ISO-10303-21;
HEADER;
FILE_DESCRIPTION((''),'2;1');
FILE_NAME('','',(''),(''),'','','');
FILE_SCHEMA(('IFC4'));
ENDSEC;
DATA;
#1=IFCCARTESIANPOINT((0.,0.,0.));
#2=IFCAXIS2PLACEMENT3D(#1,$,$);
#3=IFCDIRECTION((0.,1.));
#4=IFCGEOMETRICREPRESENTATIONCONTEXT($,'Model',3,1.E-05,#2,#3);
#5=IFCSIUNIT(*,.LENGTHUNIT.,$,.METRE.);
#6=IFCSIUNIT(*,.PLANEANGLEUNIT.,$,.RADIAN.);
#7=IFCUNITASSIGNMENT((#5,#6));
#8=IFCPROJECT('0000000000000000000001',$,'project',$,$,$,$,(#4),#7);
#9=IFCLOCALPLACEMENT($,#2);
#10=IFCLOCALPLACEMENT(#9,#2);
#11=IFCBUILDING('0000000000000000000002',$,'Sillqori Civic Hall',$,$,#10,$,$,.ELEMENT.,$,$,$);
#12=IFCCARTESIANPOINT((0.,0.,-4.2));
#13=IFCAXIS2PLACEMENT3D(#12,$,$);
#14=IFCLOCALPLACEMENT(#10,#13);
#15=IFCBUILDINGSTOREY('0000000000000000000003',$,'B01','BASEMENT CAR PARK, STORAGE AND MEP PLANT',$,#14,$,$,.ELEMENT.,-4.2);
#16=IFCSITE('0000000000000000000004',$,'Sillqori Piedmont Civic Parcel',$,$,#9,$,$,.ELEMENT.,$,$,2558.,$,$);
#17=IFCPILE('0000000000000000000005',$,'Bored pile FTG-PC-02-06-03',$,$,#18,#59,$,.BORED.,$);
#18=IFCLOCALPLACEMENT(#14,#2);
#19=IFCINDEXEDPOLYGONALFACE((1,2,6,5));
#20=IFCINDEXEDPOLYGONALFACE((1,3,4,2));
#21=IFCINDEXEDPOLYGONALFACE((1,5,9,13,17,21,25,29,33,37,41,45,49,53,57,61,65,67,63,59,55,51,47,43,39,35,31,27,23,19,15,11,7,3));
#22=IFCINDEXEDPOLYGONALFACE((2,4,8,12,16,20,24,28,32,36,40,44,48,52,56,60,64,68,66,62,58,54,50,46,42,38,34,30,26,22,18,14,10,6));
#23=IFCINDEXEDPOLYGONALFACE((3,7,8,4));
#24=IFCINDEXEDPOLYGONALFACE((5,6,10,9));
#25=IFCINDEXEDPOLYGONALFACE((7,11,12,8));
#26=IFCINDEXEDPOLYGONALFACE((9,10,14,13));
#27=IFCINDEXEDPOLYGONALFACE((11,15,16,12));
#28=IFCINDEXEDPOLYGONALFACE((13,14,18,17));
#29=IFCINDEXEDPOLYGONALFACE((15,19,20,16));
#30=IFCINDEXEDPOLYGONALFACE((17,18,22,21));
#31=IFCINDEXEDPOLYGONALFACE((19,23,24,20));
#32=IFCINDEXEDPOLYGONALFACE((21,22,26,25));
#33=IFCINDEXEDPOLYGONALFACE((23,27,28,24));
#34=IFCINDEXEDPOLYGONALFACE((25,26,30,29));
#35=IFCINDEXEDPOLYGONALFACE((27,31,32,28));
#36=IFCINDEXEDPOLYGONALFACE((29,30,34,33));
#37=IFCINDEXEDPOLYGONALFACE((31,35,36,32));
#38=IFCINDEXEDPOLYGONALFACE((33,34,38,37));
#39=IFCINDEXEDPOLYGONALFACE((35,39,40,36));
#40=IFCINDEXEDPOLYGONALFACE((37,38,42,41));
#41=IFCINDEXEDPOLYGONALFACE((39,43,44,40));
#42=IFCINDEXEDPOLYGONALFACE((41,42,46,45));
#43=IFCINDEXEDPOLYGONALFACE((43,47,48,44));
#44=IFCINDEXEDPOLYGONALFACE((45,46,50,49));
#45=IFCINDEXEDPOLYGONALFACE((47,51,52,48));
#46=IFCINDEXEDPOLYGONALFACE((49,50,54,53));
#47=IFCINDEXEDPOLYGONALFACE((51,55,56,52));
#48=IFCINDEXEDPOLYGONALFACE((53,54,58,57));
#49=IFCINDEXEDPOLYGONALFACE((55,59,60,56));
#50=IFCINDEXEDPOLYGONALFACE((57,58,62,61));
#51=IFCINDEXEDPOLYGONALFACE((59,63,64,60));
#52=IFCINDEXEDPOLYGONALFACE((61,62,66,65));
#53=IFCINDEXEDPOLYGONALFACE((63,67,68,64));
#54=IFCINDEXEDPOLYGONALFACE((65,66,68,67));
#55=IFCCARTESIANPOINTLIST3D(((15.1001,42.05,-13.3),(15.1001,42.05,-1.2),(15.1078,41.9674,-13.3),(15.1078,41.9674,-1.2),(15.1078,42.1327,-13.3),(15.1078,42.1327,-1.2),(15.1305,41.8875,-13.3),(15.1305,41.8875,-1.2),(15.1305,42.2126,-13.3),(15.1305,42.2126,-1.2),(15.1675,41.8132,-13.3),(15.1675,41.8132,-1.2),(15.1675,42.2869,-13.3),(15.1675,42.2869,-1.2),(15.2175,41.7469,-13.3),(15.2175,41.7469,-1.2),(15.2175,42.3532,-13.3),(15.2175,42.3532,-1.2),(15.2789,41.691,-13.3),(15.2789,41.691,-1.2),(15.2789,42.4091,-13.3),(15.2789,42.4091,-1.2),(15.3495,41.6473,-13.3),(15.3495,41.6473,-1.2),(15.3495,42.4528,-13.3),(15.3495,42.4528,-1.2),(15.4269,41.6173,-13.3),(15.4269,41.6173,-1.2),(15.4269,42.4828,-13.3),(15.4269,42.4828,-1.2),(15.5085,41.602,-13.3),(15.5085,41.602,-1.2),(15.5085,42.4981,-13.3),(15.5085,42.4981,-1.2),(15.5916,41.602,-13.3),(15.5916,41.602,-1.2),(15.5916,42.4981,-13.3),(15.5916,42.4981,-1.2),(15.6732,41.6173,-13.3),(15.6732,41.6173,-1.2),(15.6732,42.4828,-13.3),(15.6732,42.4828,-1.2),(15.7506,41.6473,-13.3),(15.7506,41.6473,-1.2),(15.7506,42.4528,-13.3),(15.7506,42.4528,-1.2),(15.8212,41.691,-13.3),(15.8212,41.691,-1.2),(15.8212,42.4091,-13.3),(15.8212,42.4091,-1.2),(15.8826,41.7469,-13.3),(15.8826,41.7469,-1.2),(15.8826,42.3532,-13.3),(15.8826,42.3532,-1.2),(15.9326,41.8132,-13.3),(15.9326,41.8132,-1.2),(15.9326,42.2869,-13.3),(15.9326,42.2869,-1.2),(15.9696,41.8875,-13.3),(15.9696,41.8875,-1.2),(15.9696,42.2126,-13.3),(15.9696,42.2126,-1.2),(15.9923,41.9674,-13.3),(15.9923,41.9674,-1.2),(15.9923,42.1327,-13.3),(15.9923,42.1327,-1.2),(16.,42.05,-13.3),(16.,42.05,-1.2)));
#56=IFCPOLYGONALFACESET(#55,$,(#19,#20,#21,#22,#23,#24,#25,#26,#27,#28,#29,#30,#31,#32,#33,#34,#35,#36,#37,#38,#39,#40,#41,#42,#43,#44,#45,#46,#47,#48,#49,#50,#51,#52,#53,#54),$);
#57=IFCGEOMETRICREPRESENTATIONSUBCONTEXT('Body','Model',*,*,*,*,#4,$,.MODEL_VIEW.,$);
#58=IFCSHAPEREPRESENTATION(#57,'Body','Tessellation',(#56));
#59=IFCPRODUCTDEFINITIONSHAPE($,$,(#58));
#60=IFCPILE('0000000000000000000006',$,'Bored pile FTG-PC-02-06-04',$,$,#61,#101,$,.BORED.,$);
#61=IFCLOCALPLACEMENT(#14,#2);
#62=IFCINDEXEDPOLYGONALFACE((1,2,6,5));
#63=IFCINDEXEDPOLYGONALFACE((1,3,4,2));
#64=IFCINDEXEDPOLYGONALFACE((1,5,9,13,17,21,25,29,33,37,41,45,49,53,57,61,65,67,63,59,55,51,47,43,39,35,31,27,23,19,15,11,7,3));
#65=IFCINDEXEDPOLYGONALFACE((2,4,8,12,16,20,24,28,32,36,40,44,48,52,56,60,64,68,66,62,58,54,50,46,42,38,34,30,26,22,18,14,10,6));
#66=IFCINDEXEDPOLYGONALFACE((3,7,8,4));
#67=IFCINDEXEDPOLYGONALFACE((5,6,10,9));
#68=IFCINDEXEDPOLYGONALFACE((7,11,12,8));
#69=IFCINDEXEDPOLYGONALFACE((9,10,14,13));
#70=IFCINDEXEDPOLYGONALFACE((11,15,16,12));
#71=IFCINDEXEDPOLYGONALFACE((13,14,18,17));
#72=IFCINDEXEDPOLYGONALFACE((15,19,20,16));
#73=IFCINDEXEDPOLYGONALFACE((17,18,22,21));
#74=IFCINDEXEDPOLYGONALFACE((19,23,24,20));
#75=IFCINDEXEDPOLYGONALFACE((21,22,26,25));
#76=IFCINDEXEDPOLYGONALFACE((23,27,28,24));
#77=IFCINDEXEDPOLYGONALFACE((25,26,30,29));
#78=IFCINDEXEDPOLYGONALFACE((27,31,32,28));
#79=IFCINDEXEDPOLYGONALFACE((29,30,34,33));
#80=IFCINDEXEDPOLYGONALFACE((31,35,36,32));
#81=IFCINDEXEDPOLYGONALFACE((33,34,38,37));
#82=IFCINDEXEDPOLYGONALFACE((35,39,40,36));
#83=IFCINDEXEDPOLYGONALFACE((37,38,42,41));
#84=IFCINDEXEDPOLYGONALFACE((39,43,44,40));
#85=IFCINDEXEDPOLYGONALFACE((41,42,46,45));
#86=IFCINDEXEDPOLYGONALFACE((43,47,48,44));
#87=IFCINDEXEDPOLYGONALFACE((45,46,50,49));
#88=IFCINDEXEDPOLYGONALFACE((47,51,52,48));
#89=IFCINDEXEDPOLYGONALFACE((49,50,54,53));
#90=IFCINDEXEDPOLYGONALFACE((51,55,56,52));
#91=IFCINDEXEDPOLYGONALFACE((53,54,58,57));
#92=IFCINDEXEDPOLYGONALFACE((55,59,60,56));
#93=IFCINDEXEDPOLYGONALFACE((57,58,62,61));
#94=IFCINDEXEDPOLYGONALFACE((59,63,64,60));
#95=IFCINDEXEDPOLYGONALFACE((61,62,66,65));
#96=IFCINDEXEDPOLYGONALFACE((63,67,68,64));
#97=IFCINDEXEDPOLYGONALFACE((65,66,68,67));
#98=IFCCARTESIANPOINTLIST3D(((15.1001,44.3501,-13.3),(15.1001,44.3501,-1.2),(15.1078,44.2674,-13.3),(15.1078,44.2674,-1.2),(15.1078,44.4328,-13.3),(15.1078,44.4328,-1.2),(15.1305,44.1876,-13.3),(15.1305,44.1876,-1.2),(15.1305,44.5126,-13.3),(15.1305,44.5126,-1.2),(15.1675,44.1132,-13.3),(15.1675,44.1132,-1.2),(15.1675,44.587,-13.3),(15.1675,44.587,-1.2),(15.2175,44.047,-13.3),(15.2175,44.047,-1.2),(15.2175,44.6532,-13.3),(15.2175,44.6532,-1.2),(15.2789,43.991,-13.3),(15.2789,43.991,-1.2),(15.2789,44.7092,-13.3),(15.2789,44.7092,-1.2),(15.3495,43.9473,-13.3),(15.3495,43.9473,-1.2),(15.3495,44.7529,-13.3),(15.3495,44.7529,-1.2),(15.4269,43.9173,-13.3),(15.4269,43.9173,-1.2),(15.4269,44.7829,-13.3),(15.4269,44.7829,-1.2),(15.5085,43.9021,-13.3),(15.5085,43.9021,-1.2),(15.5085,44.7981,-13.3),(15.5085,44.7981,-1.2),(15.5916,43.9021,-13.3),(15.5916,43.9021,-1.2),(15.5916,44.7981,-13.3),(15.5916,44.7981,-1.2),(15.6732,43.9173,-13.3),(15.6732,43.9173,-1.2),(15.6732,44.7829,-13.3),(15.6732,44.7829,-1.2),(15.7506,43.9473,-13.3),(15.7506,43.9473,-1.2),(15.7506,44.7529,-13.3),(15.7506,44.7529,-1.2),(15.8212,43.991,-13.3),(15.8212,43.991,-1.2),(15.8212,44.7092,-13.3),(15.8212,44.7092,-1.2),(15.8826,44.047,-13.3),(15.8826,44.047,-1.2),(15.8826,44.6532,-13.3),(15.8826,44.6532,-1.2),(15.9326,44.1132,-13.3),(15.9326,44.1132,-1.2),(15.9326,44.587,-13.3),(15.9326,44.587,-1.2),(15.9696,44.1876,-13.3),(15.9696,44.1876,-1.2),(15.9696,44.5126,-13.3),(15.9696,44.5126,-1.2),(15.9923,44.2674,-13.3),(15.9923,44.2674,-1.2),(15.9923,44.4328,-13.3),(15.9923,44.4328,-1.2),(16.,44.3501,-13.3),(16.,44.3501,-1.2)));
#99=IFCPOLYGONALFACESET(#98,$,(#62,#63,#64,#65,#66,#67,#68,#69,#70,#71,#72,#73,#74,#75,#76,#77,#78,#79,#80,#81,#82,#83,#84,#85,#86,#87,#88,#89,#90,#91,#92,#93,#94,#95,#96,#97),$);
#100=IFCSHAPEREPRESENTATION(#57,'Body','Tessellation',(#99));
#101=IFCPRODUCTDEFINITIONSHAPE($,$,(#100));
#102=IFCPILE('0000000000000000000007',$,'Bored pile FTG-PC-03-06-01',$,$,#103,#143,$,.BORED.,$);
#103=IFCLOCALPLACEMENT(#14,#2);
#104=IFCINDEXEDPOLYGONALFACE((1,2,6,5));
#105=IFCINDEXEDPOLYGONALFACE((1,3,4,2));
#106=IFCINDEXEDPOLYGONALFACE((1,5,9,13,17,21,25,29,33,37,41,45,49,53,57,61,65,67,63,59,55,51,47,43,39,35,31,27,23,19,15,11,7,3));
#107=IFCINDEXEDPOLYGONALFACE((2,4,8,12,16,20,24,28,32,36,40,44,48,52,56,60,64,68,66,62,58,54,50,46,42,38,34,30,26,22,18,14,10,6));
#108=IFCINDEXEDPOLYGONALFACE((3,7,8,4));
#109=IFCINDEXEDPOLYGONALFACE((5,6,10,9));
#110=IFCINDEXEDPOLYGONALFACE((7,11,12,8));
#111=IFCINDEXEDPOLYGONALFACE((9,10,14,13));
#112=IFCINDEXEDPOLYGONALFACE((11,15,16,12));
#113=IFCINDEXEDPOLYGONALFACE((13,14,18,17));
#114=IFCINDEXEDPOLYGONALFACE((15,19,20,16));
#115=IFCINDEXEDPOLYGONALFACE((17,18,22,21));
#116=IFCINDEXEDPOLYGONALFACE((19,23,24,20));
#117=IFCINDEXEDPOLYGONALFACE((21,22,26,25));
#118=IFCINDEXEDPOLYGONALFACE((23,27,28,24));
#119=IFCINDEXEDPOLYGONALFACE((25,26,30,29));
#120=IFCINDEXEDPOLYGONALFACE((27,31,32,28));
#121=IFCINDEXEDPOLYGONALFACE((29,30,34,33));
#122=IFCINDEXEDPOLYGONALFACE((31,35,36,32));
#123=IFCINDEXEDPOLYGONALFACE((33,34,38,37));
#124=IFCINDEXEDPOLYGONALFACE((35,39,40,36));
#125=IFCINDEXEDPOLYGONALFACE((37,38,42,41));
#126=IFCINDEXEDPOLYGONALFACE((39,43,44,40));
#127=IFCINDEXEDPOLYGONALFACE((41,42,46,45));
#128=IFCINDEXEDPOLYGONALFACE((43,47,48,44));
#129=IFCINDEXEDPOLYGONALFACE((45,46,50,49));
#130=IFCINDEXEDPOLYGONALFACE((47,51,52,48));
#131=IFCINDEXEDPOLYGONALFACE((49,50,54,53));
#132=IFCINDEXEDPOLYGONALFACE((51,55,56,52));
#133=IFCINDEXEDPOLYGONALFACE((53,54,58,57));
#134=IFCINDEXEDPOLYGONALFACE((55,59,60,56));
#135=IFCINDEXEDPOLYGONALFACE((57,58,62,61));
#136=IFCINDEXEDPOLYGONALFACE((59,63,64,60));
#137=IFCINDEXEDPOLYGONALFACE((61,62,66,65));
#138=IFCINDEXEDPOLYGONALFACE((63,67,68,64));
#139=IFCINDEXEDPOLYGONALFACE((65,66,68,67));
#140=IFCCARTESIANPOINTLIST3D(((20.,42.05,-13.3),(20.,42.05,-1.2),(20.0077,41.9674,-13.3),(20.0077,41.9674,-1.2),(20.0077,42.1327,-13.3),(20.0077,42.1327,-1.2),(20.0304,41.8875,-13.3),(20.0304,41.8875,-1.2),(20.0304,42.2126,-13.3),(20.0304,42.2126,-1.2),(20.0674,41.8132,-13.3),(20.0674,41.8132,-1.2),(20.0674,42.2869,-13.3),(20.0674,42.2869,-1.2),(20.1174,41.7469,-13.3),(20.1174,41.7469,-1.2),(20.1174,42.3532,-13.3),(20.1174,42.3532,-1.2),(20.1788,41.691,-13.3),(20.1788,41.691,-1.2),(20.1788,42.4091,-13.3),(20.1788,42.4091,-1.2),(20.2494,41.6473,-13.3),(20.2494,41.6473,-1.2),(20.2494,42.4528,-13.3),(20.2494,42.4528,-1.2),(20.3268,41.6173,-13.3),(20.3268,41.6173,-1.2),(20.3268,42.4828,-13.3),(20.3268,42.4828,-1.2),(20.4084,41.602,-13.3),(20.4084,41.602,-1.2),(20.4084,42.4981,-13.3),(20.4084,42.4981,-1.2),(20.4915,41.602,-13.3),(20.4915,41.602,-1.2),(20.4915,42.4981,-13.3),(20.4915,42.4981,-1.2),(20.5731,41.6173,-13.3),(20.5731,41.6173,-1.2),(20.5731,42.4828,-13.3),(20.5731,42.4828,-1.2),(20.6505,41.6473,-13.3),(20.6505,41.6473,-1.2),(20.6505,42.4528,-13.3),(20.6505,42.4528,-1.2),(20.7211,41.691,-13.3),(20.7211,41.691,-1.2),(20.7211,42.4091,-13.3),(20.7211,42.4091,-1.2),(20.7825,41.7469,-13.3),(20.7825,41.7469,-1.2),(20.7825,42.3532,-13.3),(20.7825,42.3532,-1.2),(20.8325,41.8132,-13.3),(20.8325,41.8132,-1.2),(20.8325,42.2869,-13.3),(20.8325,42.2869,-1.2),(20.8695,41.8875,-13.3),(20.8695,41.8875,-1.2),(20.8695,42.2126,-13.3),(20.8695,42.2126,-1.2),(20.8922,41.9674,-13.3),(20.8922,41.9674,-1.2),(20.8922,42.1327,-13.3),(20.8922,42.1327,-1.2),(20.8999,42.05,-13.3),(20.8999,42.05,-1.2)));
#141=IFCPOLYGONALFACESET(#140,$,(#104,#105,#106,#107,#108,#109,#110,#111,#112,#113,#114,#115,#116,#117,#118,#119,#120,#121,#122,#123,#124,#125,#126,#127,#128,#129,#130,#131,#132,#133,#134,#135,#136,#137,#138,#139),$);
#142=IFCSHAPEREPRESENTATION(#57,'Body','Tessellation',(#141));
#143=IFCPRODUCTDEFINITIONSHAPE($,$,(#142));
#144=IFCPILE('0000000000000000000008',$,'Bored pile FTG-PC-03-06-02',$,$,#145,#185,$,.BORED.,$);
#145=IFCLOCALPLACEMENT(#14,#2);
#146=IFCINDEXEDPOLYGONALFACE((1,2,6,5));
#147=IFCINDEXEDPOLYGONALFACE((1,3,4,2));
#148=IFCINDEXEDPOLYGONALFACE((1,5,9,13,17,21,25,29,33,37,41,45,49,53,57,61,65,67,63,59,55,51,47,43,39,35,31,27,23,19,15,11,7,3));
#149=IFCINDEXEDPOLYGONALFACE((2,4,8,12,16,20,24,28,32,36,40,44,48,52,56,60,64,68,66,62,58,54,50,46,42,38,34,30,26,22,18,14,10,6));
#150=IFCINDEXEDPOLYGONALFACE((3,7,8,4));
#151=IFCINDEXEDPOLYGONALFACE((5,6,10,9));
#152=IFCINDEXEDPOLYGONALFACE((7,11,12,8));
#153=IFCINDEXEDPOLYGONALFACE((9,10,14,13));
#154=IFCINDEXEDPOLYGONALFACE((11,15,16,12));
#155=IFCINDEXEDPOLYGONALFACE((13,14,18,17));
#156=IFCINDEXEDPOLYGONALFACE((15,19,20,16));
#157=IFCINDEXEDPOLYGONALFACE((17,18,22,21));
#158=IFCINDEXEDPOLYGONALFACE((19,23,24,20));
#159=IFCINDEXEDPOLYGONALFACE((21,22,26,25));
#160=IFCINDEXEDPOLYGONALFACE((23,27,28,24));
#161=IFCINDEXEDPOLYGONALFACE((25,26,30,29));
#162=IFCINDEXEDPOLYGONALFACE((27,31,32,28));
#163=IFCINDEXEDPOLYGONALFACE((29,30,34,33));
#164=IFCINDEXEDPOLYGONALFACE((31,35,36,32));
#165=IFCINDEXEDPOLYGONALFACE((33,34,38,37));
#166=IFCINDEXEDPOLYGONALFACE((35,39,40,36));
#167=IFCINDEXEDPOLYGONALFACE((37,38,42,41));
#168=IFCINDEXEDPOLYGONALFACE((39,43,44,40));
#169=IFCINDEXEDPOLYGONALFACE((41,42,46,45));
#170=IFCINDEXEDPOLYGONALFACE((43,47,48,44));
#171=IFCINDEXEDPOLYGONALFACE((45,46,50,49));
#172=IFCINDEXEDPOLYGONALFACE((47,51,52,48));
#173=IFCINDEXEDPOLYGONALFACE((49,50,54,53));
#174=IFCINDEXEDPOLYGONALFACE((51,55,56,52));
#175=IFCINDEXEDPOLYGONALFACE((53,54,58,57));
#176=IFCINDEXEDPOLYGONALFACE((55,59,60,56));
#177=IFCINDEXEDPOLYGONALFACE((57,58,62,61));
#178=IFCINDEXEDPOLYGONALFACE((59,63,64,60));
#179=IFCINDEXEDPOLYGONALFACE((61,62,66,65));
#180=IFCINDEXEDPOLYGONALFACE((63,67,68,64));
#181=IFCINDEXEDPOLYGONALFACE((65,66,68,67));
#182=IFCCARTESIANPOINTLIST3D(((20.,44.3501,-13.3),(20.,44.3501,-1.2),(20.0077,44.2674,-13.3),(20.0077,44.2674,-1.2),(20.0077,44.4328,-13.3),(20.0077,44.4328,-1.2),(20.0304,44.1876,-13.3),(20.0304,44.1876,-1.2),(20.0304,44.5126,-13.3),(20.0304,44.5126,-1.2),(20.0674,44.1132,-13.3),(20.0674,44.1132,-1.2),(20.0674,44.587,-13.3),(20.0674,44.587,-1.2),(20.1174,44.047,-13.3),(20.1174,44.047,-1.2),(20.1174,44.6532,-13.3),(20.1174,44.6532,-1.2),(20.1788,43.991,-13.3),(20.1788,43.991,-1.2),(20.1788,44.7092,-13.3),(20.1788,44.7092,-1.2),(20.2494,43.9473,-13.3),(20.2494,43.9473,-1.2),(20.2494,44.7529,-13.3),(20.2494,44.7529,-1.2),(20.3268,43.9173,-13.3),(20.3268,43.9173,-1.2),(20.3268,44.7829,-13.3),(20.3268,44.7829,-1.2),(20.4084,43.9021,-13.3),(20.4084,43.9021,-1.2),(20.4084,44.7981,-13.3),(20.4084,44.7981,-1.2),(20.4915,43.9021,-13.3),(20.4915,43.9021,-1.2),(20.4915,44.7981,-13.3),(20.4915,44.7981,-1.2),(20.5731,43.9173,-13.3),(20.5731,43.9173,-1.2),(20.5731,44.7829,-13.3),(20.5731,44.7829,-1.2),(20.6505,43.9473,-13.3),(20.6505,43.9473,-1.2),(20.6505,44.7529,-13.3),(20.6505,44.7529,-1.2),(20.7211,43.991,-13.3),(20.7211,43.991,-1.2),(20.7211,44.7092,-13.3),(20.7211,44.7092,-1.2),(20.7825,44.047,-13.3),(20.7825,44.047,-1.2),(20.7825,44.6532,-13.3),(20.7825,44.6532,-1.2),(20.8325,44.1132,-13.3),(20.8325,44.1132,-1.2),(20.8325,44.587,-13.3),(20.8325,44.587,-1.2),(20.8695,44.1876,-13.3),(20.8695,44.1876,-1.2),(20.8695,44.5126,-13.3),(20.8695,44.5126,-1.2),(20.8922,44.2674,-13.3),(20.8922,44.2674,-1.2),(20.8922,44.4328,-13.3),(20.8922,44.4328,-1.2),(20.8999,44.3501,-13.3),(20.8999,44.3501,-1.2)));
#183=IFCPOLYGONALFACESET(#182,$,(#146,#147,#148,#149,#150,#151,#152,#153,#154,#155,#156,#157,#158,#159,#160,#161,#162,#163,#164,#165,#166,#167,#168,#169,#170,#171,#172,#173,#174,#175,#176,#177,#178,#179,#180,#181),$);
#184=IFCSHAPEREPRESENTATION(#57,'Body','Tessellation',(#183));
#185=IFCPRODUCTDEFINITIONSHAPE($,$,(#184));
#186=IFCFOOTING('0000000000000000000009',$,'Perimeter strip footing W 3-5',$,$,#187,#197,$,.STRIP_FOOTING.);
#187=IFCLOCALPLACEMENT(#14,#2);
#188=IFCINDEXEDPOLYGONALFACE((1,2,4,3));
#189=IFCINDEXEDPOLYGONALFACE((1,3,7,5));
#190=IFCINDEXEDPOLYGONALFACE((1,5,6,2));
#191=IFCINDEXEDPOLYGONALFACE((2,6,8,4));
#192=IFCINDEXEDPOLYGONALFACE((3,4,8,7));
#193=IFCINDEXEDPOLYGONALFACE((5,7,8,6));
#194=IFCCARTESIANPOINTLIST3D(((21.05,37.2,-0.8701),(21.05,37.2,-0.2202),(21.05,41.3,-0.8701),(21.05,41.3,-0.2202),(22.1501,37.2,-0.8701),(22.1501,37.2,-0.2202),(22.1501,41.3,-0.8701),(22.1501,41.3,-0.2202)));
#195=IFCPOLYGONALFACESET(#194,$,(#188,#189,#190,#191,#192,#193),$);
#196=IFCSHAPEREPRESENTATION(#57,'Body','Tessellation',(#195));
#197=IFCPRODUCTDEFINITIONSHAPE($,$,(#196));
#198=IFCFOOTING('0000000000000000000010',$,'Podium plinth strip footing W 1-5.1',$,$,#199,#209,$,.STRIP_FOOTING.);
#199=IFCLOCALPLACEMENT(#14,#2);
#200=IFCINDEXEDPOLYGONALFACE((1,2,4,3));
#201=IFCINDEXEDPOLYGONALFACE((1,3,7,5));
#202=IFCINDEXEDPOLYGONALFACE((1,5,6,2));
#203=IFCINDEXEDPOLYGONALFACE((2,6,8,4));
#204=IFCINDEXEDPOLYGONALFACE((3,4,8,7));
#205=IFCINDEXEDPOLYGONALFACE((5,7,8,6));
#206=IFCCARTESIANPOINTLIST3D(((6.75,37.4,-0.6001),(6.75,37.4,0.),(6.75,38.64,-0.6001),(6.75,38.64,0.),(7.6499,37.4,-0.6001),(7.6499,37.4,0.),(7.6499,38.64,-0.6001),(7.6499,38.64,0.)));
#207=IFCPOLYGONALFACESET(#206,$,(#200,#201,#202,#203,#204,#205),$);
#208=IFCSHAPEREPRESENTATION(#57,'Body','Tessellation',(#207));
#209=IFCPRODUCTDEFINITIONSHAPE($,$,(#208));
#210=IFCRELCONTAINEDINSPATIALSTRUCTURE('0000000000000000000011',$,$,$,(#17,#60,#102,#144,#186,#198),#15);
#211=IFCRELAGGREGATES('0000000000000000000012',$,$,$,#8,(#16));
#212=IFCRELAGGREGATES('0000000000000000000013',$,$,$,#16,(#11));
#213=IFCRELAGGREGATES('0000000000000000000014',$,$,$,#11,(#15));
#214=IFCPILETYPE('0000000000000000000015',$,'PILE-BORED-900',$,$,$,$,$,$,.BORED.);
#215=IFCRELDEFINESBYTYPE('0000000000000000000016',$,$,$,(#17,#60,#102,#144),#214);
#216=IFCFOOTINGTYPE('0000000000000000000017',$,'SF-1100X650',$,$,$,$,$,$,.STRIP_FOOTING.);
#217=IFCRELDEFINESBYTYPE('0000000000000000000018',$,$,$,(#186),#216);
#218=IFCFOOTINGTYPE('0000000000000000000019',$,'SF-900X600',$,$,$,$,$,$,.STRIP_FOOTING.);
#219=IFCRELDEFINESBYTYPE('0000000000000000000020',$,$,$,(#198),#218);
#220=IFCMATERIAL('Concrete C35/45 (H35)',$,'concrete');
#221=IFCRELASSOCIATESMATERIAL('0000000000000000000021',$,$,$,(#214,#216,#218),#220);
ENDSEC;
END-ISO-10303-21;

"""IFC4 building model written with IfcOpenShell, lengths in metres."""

from ifc_helpers import new_model, si_unit, direction, frame, origin, origin_2d, place, context, subcontext, project, spatial, rectangle, circle, extrude, material, material_profile, profile_set, type_object, element, save


model = new_model("IFC4")

# Units and contexts
model_context = context("Model", 3, precision=1e-05, world=origin(), true_north=direction((0.0, 1.0)))
body_context = subcontext(model_context, "Body", "Model", "MODEL_VIEW")
ifc_project = project(units=[si_unit("LENGTHUNIT", "METRE"), si_unit("PLANEANGLEUNIT", "RADIAN")], contexts=[model_context])

# Site, building, storey
site_placement = place(None, origin())
site = spatial("IfcSite", under=ifc_project, at=site_placement, Name="Sillqori Piedmont Civic Parcel", CompositionType="ELEMENT", RefElevation=2558.0)
building_placement = place(site_placement, origin())
building = spatial("IfcBuilding", under=site, at=building_placement, Name="Sillqori Civic Hall", CompositionType="ELEMENT")
storey_placement = place(building_placement, frame((0.0, 0.0, -4.2)))
storey = spatial("IfcBuildingStorey", under=building, at=storey_placement, Name="B01", Description="BASEMENT CAR PARK, STORAGE AND MEP PLANT", CompositionType="ELEMENT", Elevation=-4.2)

# Shared definitions
ifc_material = material(Name="Concrete C35/45 (H35)", Category="concrete")

# Piles
ifc_material_profile_1 = material_profile(ifc_material, circle(Radius=0.45, at=origin_2d()), Name="BORED PILE 900")
ifc_profile_set_1 = profile_set([ifc_material_profile_1], Name="Concrete C35/45 (H35)")
pile_type = type_object("IfcPileType", Name="PILE-BORED-900", PredefinedType="BORED", material=ifc_profile_set_1)
for number, where, z_axis, x_axis, name in (
    (1, (15.55, 42.05, -1.2), (0.0, 0.0, -1.0), (1.0, 0.0, 0.0), "Bored pile FTG-PC-02-06-03"),
    (2, (15.55, 44.3501, -1.2), (0.0, 0.0, -1.0), (1.0, 0.0, 0.0), "Bored pile FTG-PC-02-06-04"),
    (3, (20.45, 42.05, -1.2), (0.0, 0.0, -1.0), (1.0, 0.0, 0.0), "Bored pile FTG-PC-03-06-01"),
    (4, (20.45, 44.3501, -1.2), (0.0, 0.0, -1.0), (1.0, 0.0, 0.0), "Bored pile FTG-PC-03-06-02"),
):
    element("IfcPile", number, at=place(storey_placement, frame(where, z_axis=z_axis, x_axis=x_axis)), inside=storey, type_object=pile_type, Name=name, PredefinedType="BORED", context=body_context, shape_type="SweptSolid", body=[
        extrude(circle(Radius=0.45, at=origin_2d()), origin(), (0.0, 0.0, 1.0), 12.1001),
    ])

# Footings
footing_type_1 = type_object("IfcFootingType", Name="SF-1100X650", PredefinedType="STRIP_FOOTING", material=ifc_material)
footing_1_placement = place(storey_placement, frame((21.6001, 39.25, -0.8701), z_axis=(0.0, 0.0, 1.0), x_axis=(1.0, 0.0, 0.0)))
element("IfcFooting", 5, at=footing_1_placement, inside=storey, type_object=footing_type_1, Name="Perimeter strip footing W 3-5", PredefinedType="STRIP_FOOTING", context=body_context, shape_type="SweptSolid", body=[
    extrude(rectangle(XDim=1.1001, YDim=4.1001, at=origin_2d()), origin(), (0.0, 0.0, 1.0), 0.6499),
])
footing_type_2 = type_object("IfcFootingType", Name="SF-900X600", PredefinedType="STRIP_FOOTING", material=ifc_material)
for number, where, z_axis, x_axis, name in (
    (6, (7.2, 38.02, -0.6001), (0.0, 0.0, 1.0), (1.0, 0.0, 0.0), "Podium plinth strip footing W 1-5.1"),
):
    element("IfcFooting", number, at=place(storey_placement, frame(where, z_axis=z_axis, x_axis=x_axis)), inside=storey, type_object=footing_type_2, Name=name, PredefinedType="STRIP_FOOTING", context=body_context, shape_type="SweptSolid", body=[
        extrude(rectangle(XDim=0.8999, YDim=1.24, at=origin_2d()), origin(), (0.0, 0.0, 1.0), 0.6001),
    ])

save(model, "model.ifc")
